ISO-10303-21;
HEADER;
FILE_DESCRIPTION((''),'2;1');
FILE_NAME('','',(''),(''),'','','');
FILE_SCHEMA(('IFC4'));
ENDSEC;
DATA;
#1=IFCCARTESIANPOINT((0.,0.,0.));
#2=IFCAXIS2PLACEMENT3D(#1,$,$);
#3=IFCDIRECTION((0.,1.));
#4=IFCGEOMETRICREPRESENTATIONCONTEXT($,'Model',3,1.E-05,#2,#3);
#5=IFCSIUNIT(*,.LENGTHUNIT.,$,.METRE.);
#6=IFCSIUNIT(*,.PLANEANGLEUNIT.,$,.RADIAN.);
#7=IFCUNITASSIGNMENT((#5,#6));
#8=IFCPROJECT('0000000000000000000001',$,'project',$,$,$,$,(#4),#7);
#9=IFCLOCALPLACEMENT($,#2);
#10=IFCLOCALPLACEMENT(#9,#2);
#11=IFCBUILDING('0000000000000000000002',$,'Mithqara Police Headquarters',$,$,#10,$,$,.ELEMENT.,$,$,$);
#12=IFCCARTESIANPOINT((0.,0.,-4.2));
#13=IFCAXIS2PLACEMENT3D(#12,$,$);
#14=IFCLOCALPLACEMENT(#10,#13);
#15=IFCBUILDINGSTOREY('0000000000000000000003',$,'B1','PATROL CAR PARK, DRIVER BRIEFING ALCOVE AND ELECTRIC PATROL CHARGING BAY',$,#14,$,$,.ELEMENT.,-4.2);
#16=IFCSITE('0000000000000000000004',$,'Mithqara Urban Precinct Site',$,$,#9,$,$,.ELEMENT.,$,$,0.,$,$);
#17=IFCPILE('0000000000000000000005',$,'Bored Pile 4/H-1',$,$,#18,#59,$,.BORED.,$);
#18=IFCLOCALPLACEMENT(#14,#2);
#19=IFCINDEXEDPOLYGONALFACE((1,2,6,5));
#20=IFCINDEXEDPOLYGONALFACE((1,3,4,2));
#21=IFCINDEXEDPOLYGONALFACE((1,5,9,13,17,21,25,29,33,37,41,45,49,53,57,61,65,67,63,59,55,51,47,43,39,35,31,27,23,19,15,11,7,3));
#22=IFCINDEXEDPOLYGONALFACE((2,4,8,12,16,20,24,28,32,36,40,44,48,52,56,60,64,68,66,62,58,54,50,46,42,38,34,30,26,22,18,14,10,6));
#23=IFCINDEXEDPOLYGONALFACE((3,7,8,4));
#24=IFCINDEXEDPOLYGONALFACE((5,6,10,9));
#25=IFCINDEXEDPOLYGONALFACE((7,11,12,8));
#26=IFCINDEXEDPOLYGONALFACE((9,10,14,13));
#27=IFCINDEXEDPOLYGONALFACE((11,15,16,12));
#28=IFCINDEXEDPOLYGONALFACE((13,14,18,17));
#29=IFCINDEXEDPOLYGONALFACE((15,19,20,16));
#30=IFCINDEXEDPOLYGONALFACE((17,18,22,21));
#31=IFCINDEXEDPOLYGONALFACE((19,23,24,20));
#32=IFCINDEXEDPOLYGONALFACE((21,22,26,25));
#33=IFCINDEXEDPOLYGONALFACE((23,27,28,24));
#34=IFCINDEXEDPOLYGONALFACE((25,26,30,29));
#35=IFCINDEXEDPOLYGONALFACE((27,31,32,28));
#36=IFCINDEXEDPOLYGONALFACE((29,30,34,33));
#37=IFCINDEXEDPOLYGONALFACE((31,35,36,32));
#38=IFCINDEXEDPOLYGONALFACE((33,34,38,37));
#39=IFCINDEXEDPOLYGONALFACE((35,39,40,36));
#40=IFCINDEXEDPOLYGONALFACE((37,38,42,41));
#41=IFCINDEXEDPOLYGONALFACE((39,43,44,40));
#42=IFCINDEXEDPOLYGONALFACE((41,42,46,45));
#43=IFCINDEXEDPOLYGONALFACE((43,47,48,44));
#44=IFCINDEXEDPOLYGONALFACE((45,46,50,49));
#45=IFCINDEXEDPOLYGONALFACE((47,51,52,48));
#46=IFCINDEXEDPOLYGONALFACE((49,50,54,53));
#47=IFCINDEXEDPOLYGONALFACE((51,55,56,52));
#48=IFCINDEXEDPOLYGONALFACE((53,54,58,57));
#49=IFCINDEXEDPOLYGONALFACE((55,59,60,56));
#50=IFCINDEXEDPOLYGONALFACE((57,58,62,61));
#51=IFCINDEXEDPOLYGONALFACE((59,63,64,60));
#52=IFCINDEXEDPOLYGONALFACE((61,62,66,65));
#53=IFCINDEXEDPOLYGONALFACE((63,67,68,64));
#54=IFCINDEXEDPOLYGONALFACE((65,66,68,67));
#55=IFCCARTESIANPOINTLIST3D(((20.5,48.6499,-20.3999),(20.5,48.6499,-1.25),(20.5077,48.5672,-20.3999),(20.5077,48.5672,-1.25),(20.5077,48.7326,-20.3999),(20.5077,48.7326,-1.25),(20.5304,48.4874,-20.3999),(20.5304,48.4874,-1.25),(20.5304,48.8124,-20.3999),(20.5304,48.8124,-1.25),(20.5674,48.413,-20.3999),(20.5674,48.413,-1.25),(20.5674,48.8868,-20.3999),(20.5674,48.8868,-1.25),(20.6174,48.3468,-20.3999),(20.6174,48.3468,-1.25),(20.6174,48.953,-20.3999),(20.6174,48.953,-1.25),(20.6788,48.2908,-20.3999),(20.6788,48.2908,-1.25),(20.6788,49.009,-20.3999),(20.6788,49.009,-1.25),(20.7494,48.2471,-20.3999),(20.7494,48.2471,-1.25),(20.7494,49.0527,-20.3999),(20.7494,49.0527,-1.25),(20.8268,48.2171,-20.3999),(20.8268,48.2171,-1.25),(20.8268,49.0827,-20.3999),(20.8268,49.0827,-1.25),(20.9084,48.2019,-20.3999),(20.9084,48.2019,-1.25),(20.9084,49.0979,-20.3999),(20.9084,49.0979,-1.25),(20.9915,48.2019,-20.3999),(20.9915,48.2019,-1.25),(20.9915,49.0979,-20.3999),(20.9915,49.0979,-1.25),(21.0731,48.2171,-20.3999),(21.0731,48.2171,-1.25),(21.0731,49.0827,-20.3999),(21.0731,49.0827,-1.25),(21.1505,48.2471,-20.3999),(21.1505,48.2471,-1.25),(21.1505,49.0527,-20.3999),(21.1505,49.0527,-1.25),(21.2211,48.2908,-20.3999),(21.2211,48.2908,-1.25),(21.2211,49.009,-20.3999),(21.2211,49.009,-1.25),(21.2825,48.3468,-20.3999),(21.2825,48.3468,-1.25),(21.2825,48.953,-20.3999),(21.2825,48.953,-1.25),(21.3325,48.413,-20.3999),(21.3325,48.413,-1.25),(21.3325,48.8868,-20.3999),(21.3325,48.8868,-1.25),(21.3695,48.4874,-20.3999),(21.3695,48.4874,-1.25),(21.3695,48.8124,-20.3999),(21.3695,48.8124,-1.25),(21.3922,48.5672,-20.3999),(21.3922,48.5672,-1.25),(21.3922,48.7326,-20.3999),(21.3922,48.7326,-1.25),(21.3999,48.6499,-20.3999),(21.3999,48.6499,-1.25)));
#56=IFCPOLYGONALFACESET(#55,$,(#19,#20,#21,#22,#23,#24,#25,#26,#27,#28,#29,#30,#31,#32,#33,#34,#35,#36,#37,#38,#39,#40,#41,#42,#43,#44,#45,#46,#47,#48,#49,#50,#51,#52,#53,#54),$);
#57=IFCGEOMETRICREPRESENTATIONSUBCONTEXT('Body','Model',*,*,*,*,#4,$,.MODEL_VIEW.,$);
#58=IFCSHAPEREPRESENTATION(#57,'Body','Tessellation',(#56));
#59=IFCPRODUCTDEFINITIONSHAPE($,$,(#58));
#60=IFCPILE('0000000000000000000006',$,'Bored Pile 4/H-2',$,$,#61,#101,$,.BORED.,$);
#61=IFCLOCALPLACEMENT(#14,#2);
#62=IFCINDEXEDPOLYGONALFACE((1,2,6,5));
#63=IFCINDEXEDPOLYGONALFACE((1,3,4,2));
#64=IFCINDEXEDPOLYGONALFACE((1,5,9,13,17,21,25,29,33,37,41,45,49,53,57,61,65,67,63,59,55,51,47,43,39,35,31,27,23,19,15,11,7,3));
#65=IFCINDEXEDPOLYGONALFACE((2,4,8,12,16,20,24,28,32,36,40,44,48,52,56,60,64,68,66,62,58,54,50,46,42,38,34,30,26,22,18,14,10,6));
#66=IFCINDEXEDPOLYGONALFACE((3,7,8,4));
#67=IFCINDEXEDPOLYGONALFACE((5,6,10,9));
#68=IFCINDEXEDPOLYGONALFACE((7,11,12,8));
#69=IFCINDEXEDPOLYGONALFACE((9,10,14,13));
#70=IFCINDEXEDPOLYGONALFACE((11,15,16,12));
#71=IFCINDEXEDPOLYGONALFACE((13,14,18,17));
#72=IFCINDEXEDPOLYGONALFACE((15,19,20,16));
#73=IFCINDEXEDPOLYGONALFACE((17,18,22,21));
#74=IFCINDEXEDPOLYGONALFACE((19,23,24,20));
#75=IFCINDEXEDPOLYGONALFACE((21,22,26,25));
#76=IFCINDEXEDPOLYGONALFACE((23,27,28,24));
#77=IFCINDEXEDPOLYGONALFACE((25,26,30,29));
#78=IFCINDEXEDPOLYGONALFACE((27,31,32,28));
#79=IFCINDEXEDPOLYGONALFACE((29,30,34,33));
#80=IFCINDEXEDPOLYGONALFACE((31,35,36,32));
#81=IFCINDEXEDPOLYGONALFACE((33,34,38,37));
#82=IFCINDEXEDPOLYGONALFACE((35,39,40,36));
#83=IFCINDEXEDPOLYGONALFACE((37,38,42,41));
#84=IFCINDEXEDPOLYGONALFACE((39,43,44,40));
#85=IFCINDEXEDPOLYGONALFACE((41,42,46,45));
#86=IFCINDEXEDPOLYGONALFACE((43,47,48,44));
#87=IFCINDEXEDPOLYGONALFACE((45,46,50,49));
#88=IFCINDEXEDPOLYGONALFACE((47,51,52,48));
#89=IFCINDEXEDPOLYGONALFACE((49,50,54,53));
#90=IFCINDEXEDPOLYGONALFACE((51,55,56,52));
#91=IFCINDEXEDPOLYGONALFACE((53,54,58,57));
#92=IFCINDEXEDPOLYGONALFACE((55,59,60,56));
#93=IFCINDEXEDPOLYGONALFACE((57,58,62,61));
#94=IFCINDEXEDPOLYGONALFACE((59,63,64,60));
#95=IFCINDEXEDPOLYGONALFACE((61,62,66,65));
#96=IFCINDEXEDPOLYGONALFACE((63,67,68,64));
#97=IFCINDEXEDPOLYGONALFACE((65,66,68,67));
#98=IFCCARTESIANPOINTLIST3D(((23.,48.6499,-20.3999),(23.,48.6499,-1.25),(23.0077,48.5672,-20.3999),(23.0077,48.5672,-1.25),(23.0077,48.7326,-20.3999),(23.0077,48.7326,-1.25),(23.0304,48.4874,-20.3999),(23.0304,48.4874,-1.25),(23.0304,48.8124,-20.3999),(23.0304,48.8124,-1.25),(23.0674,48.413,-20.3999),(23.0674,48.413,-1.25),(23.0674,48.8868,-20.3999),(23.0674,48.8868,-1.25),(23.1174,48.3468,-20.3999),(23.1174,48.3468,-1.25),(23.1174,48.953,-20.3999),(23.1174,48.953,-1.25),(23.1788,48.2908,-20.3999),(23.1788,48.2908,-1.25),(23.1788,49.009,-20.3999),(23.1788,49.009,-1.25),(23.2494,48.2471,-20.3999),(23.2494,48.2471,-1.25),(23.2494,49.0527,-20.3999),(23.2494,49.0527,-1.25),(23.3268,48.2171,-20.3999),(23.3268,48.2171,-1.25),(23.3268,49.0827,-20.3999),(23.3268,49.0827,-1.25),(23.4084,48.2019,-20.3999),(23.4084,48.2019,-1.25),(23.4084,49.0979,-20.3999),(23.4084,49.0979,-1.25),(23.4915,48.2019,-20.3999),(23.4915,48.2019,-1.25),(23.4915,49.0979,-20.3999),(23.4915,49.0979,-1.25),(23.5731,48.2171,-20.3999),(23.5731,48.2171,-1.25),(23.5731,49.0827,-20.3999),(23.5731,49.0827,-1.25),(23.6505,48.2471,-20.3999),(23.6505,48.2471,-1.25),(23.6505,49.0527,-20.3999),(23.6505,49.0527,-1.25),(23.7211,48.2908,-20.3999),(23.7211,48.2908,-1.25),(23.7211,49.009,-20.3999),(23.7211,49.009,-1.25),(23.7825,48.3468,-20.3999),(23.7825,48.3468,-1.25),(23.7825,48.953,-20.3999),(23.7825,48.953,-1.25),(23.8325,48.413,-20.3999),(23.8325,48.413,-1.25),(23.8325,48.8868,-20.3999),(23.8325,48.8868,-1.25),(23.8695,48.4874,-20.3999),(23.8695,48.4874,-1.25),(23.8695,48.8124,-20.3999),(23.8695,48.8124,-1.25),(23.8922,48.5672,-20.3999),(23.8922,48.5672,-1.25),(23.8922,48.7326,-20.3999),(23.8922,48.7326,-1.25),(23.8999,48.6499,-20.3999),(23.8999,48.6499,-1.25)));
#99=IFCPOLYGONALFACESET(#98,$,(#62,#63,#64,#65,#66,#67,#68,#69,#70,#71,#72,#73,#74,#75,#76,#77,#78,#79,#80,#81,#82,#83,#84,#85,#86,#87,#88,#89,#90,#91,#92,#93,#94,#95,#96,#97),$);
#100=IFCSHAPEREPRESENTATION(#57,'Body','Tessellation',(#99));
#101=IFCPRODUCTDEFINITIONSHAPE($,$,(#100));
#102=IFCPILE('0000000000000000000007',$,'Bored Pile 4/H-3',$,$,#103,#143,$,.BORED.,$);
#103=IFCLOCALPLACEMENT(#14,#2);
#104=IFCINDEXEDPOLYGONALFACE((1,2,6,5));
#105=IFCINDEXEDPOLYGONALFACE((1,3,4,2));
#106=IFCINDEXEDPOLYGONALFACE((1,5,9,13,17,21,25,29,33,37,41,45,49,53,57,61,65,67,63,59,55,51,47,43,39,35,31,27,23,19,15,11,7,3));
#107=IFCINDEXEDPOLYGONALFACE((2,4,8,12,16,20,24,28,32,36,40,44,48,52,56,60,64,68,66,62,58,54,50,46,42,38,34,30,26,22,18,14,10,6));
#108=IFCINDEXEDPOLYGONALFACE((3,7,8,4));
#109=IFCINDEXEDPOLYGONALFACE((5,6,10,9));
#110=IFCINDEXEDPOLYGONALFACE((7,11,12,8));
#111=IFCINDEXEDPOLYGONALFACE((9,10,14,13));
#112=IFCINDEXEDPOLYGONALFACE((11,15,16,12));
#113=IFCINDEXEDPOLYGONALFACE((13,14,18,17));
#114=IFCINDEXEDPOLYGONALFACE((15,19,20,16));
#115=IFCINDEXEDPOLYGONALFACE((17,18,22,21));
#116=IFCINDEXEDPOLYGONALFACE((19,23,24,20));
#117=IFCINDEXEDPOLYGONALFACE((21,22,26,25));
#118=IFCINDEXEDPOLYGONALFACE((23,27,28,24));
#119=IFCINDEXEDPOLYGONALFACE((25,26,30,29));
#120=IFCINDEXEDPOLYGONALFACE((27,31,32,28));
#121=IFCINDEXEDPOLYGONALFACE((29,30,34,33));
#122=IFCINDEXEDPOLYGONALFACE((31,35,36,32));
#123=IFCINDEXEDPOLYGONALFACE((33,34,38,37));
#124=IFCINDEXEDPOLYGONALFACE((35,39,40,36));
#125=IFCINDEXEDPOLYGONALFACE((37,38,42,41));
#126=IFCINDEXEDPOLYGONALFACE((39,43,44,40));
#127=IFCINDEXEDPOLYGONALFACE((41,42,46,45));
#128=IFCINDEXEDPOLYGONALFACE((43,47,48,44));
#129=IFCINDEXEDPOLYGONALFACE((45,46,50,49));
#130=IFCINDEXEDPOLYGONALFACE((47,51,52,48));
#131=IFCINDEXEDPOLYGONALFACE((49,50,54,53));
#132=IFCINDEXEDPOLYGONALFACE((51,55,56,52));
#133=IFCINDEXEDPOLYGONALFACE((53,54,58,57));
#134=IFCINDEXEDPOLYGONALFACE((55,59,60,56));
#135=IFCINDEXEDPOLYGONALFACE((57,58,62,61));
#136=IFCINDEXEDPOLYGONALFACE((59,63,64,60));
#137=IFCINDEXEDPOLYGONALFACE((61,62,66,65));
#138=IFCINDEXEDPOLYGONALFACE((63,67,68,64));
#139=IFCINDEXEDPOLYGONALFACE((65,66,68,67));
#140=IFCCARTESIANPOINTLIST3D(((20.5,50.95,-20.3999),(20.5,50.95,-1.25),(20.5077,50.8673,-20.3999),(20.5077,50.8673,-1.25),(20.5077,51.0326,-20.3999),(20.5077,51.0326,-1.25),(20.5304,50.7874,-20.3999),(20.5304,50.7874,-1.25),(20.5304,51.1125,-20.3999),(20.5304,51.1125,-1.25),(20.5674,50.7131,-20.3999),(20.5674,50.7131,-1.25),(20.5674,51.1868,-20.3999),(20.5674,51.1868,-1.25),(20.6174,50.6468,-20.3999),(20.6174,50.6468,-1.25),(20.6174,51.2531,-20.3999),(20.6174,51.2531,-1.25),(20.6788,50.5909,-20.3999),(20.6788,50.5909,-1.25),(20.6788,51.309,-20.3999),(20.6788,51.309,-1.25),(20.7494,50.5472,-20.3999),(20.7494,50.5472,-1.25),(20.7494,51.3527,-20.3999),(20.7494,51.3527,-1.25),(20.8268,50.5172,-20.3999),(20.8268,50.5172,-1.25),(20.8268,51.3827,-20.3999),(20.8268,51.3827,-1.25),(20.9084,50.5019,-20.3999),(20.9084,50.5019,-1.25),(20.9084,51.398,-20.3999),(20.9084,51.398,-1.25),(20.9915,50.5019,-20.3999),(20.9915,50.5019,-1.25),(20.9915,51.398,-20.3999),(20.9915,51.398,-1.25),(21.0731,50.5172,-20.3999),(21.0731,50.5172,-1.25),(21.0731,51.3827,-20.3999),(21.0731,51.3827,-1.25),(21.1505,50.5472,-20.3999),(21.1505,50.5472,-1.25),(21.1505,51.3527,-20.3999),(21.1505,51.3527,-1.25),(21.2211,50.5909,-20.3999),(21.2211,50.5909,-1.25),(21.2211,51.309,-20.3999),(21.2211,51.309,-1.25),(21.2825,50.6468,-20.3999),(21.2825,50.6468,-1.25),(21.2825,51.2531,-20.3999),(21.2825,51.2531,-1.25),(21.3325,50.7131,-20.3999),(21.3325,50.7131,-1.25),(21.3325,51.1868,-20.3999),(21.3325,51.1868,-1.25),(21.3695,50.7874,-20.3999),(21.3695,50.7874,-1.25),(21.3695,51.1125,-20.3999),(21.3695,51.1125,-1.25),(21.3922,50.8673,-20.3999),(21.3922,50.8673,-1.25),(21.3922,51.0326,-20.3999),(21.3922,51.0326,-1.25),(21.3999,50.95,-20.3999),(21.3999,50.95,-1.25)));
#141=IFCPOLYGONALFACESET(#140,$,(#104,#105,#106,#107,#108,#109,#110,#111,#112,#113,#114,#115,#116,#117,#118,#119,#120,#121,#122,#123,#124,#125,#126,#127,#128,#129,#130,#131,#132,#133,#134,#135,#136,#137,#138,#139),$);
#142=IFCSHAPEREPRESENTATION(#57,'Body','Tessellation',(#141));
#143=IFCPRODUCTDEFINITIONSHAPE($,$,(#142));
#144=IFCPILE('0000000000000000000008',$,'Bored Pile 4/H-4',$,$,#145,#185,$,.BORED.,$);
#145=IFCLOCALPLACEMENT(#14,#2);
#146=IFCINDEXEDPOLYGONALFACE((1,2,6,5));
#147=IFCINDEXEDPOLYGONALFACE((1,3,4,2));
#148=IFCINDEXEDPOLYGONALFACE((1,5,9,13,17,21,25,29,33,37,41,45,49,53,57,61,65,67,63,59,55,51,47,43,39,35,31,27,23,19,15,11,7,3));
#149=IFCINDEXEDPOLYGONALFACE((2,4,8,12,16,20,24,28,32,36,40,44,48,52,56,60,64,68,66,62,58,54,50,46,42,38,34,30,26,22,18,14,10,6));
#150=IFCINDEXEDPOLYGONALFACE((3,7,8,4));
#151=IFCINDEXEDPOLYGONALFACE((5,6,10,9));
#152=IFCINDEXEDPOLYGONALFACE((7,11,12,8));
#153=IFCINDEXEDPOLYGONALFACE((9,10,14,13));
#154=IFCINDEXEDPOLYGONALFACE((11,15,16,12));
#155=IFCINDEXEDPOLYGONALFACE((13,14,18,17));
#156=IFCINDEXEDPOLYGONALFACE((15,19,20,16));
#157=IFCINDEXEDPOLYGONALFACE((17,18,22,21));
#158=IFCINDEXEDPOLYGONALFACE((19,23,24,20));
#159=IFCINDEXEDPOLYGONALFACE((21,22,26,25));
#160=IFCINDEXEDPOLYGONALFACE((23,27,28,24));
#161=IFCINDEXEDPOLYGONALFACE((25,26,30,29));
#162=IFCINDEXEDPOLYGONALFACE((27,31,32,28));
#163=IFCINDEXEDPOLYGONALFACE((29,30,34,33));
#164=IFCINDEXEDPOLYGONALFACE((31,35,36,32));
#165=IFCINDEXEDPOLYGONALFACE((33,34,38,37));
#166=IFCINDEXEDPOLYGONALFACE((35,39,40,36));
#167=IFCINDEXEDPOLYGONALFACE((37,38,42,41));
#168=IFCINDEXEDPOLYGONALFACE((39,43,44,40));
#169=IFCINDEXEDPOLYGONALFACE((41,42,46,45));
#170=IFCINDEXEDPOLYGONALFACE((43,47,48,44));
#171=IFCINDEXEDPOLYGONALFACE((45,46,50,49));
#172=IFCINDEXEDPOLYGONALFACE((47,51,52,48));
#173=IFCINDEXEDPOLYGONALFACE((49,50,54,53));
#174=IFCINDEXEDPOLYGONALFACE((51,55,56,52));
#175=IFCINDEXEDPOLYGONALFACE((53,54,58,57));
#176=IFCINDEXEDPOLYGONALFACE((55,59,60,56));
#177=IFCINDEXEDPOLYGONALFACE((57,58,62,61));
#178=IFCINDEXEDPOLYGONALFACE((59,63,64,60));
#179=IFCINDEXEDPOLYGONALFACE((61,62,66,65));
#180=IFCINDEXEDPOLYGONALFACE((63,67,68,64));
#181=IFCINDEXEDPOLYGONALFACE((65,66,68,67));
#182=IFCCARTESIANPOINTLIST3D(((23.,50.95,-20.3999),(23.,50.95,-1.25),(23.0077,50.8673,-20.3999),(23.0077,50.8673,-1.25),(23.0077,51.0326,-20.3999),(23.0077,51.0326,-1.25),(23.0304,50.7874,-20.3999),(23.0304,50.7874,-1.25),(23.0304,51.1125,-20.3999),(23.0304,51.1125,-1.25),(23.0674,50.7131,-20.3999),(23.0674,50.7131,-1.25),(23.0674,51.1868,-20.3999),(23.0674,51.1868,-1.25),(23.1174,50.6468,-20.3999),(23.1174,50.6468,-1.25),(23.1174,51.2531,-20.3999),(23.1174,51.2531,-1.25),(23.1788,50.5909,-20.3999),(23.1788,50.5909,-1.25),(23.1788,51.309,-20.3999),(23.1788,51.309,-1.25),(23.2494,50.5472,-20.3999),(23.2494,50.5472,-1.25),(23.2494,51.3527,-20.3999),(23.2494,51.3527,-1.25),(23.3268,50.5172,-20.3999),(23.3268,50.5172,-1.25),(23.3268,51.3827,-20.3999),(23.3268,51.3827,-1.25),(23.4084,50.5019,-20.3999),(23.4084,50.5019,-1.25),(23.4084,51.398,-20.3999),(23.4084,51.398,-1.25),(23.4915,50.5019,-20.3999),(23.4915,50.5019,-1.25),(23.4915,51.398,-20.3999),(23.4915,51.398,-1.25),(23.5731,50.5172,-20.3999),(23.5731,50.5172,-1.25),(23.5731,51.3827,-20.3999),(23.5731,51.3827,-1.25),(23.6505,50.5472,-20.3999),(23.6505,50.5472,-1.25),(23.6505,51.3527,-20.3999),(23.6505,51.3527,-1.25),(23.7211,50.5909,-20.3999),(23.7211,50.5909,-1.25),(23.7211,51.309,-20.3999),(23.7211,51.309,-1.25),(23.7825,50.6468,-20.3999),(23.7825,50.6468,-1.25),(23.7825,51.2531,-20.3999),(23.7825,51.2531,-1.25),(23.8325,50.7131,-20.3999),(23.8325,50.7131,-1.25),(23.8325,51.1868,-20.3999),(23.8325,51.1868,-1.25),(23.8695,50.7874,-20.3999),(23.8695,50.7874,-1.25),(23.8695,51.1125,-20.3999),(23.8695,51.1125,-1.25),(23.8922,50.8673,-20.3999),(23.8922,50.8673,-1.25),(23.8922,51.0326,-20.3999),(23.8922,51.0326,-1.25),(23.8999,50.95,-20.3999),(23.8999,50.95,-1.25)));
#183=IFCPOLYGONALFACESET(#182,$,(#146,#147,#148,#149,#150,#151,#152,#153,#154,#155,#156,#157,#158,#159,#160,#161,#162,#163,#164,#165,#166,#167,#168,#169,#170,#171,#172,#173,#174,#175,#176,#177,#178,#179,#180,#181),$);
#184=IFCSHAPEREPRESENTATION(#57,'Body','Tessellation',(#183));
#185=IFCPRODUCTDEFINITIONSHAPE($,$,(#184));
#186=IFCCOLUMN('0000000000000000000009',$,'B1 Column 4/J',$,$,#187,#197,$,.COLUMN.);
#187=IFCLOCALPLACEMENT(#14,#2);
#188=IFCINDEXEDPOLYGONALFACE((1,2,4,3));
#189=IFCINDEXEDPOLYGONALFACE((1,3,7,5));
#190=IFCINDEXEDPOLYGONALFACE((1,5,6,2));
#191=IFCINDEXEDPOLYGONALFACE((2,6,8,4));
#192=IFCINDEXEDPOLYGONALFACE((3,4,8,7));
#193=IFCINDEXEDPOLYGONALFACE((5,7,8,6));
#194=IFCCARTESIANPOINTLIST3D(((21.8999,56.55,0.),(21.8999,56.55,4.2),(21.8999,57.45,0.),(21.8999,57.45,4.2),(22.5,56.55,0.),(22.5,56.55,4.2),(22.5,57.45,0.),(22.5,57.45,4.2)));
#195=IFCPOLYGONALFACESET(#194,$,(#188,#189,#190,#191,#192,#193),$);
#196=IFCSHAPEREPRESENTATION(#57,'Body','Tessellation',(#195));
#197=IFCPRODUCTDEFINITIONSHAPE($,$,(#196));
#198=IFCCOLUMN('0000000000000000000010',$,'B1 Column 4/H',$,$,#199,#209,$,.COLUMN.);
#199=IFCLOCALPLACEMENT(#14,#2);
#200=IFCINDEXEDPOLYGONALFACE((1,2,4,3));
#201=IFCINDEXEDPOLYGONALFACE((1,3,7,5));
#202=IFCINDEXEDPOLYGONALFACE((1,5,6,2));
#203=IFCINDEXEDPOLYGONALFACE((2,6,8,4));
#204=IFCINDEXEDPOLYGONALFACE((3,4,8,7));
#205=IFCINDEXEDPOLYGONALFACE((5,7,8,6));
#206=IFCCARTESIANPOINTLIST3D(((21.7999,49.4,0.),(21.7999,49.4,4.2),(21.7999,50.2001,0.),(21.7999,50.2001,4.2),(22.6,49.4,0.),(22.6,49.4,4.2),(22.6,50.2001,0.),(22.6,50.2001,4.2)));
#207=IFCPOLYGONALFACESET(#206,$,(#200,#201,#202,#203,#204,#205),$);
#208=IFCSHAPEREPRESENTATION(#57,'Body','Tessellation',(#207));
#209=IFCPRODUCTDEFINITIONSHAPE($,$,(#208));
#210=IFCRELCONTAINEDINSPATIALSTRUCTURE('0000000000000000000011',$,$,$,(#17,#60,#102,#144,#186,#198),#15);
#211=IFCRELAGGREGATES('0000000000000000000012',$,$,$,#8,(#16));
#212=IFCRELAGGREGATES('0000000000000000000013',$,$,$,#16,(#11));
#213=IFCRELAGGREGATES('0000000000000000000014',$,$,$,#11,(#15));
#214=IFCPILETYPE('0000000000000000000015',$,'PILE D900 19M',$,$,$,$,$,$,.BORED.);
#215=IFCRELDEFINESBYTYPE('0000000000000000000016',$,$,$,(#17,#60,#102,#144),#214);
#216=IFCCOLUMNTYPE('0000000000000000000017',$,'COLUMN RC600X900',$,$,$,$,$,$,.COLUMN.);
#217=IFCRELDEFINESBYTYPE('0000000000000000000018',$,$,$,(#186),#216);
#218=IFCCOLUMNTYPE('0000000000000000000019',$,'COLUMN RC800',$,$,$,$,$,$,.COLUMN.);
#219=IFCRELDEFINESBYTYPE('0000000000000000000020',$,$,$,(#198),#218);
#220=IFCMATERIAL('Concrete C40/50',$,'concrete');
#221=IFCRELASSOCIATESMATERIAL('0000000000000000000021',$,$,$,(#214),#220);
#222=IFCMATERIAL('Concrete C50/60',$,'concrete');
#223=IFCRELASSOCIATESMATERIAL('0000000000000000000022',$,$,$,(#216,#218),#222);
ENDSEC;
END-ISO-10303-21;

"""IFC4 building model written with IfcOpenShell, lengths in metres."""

from ifc_helpers import new_model, si_unit, direction, frame, origin, origin_2d, place, context, subcontext, project, spatial, rectangle, circle, extrude, material, material_profile, profile_set, type_object, element, save


model = new_model("IFC4")

# Units and contexts
model_context = context("Model", 3, precision=1e-05, world=origin(), true_north=direction((0.0, 1.0)))
body_context = subcontext(model_context, "Body", "Model", "MODEL_VIEW")
ifc_project = project(units=[si_unit("LENGTHUNIT", "METRE"), si_unit("PLANEANGLEUNIT", "RADIAN")], contexts=[model_context])

# Site, building, storey
site_placement = place(None, origin())
site = spatial("IfcSite", under=ifc_project, at=site_placement, Name="Mithqara Urban Precinct Site", CompositionType="ELEMENT", RefElevation=0.0)
building_placement = place(site_placement, origin())
building = spatial("IfcBuilding", under=site, at=building_placement, Name="Mithqara Police Headquarters", CompositionType="ELEMENT")
storey_placement = place(building_placement, frame((0.0, 0.0, -4.2)))
storey = spatial("IfcBuildingStorey", under=building, at=storey_placement, Name="B1", Description="PATROL CAR PARK, DRIVER BRIEFING ALCOVE AND ELECTRIC PATROL CHARGING BAY", CompositionType="ELEMENT", Elevation=-4.2)

# Shared definitions
ifc_material_1 = material(Name="Concrete C40/50", Category="concrete")

# Piles
ifc_material_profile_1 = material_profile(ifc_material_1, circle(Radius=0.45, at=origin_2d()), Name="PILE D900")
ifc_profile_set_1 = profile_set([ifc_material_profile_1], Name="Concrete C40/50")
pile_type = type_object("IfcPileType", Name="PILE D900 19M", PredefinedType="BORED", material=ifc_profile_set_1)
for number, where, z_axis, x_axis, name in (
    (1, (20.95, 48.6499, -1.25), (0.0, 0.0, -1.0), (1.0, 0.0, 0.0), "Bored Pile 4/H-1"),
    (2, (23.45, 48.6499, -1.25), (0.0, 0.0, -1.0), (1.0, 0.0, 0.0), "Bored Pile 4/H-2"),
    (3, (20.95, 50.95, -1.25), (0.0, 0.0, -1.0), (1.0, 0.0, 0.0), "Bored Pile 4/H-3"),
    (4, (23.45, 50.95, -1.25), (0.0, 0.0, -1.0), (1.0, 0.0, 0.0), "Bored Pile 4/H-4"),
):
    element("IfcPile", number, at=place(storey_placement, frame(where, z_axis=z_axis, x_axis=x_axis)), inside=storey, type_object=pile_type, Name=name, PredefinedType="BORED", context=body_context, shape_type="SweptSolid", body=[
        extrude(circle(Radius=0.45, at=origin_2d()), origin(), (0.0, 0.0, 1.0), 19.1499),
    ])

# Columns
ifc_material_2 = material(Name="Concrete C50/60", Category="concrete")
ifc_material_profile_2 = material_profile(ifc_material_2, rectangle(XDim=0.6001, YDim=0.8999, at=origin_2d()), Name="RC 600x900")
ifc_profile_set_2 = profile_set([ifc_material_profile_2], Name="Concrete C50/60")
column_type_1 = type_object("IfcColumnType", Name="COLUMN RC600X900", PredefinedType="COLUMN", material=ifc_profile_set_2)
column_1_placement = place(storey_placement, frame((22.2, 57.0, 0.0), z_axis=(0.0, 0.0, 1.0), x_axis=(1.0, 0.0, 0.0)))
element("IfcColumn", 5, at=column_1_placement, inside=storey, type_object=column_type_1, Name="B1 Column 4/J", PredefinedType="COLUMN", context=body_context, shape_type="SweptSolid", body=[
    extrude(rectangle(XDim=0.6001, YDim=0.8999, at=origin_2d()), origin(), (0.0, 0.0, 1.0), 4.2),
])
ifc_material_profile_3 = material_profile(ifc_material_2, rectangle(XDim=0.8, YDim=0.8, at=origin_2d()), Name="RC 800x800")
ifc_profile_set_3 = profile_set([ifc_material_profile_3], Name="Concrete C50/60")
column_type_2 = type_object("IfcColumnType", Name="COLUMN RC800", PredefinedType="COLUMN", material=ifc_profile_set_3)
column_2_placement = place(storey_placement, frame((22.2, 49.8, 0.0), z_axis=(0.0, 0.0, 1.0), x_axis=(1.0, 0.0, 0.0)))
element("IfcColumn", 6, at=column_2_placement, inside=storey, type_object=column_type_2, Name="B1 Column 4/H", PredefinedType="COLUMN", context=body_context, shape_type="SweptSolid", body=[
    extrude(rectangle(XDim=0.8, YDim=0.8, at=origin_2d()), origin(), (0.0, 0.0, 1.0), 4.2),
])

save(model, "model.ifc")
